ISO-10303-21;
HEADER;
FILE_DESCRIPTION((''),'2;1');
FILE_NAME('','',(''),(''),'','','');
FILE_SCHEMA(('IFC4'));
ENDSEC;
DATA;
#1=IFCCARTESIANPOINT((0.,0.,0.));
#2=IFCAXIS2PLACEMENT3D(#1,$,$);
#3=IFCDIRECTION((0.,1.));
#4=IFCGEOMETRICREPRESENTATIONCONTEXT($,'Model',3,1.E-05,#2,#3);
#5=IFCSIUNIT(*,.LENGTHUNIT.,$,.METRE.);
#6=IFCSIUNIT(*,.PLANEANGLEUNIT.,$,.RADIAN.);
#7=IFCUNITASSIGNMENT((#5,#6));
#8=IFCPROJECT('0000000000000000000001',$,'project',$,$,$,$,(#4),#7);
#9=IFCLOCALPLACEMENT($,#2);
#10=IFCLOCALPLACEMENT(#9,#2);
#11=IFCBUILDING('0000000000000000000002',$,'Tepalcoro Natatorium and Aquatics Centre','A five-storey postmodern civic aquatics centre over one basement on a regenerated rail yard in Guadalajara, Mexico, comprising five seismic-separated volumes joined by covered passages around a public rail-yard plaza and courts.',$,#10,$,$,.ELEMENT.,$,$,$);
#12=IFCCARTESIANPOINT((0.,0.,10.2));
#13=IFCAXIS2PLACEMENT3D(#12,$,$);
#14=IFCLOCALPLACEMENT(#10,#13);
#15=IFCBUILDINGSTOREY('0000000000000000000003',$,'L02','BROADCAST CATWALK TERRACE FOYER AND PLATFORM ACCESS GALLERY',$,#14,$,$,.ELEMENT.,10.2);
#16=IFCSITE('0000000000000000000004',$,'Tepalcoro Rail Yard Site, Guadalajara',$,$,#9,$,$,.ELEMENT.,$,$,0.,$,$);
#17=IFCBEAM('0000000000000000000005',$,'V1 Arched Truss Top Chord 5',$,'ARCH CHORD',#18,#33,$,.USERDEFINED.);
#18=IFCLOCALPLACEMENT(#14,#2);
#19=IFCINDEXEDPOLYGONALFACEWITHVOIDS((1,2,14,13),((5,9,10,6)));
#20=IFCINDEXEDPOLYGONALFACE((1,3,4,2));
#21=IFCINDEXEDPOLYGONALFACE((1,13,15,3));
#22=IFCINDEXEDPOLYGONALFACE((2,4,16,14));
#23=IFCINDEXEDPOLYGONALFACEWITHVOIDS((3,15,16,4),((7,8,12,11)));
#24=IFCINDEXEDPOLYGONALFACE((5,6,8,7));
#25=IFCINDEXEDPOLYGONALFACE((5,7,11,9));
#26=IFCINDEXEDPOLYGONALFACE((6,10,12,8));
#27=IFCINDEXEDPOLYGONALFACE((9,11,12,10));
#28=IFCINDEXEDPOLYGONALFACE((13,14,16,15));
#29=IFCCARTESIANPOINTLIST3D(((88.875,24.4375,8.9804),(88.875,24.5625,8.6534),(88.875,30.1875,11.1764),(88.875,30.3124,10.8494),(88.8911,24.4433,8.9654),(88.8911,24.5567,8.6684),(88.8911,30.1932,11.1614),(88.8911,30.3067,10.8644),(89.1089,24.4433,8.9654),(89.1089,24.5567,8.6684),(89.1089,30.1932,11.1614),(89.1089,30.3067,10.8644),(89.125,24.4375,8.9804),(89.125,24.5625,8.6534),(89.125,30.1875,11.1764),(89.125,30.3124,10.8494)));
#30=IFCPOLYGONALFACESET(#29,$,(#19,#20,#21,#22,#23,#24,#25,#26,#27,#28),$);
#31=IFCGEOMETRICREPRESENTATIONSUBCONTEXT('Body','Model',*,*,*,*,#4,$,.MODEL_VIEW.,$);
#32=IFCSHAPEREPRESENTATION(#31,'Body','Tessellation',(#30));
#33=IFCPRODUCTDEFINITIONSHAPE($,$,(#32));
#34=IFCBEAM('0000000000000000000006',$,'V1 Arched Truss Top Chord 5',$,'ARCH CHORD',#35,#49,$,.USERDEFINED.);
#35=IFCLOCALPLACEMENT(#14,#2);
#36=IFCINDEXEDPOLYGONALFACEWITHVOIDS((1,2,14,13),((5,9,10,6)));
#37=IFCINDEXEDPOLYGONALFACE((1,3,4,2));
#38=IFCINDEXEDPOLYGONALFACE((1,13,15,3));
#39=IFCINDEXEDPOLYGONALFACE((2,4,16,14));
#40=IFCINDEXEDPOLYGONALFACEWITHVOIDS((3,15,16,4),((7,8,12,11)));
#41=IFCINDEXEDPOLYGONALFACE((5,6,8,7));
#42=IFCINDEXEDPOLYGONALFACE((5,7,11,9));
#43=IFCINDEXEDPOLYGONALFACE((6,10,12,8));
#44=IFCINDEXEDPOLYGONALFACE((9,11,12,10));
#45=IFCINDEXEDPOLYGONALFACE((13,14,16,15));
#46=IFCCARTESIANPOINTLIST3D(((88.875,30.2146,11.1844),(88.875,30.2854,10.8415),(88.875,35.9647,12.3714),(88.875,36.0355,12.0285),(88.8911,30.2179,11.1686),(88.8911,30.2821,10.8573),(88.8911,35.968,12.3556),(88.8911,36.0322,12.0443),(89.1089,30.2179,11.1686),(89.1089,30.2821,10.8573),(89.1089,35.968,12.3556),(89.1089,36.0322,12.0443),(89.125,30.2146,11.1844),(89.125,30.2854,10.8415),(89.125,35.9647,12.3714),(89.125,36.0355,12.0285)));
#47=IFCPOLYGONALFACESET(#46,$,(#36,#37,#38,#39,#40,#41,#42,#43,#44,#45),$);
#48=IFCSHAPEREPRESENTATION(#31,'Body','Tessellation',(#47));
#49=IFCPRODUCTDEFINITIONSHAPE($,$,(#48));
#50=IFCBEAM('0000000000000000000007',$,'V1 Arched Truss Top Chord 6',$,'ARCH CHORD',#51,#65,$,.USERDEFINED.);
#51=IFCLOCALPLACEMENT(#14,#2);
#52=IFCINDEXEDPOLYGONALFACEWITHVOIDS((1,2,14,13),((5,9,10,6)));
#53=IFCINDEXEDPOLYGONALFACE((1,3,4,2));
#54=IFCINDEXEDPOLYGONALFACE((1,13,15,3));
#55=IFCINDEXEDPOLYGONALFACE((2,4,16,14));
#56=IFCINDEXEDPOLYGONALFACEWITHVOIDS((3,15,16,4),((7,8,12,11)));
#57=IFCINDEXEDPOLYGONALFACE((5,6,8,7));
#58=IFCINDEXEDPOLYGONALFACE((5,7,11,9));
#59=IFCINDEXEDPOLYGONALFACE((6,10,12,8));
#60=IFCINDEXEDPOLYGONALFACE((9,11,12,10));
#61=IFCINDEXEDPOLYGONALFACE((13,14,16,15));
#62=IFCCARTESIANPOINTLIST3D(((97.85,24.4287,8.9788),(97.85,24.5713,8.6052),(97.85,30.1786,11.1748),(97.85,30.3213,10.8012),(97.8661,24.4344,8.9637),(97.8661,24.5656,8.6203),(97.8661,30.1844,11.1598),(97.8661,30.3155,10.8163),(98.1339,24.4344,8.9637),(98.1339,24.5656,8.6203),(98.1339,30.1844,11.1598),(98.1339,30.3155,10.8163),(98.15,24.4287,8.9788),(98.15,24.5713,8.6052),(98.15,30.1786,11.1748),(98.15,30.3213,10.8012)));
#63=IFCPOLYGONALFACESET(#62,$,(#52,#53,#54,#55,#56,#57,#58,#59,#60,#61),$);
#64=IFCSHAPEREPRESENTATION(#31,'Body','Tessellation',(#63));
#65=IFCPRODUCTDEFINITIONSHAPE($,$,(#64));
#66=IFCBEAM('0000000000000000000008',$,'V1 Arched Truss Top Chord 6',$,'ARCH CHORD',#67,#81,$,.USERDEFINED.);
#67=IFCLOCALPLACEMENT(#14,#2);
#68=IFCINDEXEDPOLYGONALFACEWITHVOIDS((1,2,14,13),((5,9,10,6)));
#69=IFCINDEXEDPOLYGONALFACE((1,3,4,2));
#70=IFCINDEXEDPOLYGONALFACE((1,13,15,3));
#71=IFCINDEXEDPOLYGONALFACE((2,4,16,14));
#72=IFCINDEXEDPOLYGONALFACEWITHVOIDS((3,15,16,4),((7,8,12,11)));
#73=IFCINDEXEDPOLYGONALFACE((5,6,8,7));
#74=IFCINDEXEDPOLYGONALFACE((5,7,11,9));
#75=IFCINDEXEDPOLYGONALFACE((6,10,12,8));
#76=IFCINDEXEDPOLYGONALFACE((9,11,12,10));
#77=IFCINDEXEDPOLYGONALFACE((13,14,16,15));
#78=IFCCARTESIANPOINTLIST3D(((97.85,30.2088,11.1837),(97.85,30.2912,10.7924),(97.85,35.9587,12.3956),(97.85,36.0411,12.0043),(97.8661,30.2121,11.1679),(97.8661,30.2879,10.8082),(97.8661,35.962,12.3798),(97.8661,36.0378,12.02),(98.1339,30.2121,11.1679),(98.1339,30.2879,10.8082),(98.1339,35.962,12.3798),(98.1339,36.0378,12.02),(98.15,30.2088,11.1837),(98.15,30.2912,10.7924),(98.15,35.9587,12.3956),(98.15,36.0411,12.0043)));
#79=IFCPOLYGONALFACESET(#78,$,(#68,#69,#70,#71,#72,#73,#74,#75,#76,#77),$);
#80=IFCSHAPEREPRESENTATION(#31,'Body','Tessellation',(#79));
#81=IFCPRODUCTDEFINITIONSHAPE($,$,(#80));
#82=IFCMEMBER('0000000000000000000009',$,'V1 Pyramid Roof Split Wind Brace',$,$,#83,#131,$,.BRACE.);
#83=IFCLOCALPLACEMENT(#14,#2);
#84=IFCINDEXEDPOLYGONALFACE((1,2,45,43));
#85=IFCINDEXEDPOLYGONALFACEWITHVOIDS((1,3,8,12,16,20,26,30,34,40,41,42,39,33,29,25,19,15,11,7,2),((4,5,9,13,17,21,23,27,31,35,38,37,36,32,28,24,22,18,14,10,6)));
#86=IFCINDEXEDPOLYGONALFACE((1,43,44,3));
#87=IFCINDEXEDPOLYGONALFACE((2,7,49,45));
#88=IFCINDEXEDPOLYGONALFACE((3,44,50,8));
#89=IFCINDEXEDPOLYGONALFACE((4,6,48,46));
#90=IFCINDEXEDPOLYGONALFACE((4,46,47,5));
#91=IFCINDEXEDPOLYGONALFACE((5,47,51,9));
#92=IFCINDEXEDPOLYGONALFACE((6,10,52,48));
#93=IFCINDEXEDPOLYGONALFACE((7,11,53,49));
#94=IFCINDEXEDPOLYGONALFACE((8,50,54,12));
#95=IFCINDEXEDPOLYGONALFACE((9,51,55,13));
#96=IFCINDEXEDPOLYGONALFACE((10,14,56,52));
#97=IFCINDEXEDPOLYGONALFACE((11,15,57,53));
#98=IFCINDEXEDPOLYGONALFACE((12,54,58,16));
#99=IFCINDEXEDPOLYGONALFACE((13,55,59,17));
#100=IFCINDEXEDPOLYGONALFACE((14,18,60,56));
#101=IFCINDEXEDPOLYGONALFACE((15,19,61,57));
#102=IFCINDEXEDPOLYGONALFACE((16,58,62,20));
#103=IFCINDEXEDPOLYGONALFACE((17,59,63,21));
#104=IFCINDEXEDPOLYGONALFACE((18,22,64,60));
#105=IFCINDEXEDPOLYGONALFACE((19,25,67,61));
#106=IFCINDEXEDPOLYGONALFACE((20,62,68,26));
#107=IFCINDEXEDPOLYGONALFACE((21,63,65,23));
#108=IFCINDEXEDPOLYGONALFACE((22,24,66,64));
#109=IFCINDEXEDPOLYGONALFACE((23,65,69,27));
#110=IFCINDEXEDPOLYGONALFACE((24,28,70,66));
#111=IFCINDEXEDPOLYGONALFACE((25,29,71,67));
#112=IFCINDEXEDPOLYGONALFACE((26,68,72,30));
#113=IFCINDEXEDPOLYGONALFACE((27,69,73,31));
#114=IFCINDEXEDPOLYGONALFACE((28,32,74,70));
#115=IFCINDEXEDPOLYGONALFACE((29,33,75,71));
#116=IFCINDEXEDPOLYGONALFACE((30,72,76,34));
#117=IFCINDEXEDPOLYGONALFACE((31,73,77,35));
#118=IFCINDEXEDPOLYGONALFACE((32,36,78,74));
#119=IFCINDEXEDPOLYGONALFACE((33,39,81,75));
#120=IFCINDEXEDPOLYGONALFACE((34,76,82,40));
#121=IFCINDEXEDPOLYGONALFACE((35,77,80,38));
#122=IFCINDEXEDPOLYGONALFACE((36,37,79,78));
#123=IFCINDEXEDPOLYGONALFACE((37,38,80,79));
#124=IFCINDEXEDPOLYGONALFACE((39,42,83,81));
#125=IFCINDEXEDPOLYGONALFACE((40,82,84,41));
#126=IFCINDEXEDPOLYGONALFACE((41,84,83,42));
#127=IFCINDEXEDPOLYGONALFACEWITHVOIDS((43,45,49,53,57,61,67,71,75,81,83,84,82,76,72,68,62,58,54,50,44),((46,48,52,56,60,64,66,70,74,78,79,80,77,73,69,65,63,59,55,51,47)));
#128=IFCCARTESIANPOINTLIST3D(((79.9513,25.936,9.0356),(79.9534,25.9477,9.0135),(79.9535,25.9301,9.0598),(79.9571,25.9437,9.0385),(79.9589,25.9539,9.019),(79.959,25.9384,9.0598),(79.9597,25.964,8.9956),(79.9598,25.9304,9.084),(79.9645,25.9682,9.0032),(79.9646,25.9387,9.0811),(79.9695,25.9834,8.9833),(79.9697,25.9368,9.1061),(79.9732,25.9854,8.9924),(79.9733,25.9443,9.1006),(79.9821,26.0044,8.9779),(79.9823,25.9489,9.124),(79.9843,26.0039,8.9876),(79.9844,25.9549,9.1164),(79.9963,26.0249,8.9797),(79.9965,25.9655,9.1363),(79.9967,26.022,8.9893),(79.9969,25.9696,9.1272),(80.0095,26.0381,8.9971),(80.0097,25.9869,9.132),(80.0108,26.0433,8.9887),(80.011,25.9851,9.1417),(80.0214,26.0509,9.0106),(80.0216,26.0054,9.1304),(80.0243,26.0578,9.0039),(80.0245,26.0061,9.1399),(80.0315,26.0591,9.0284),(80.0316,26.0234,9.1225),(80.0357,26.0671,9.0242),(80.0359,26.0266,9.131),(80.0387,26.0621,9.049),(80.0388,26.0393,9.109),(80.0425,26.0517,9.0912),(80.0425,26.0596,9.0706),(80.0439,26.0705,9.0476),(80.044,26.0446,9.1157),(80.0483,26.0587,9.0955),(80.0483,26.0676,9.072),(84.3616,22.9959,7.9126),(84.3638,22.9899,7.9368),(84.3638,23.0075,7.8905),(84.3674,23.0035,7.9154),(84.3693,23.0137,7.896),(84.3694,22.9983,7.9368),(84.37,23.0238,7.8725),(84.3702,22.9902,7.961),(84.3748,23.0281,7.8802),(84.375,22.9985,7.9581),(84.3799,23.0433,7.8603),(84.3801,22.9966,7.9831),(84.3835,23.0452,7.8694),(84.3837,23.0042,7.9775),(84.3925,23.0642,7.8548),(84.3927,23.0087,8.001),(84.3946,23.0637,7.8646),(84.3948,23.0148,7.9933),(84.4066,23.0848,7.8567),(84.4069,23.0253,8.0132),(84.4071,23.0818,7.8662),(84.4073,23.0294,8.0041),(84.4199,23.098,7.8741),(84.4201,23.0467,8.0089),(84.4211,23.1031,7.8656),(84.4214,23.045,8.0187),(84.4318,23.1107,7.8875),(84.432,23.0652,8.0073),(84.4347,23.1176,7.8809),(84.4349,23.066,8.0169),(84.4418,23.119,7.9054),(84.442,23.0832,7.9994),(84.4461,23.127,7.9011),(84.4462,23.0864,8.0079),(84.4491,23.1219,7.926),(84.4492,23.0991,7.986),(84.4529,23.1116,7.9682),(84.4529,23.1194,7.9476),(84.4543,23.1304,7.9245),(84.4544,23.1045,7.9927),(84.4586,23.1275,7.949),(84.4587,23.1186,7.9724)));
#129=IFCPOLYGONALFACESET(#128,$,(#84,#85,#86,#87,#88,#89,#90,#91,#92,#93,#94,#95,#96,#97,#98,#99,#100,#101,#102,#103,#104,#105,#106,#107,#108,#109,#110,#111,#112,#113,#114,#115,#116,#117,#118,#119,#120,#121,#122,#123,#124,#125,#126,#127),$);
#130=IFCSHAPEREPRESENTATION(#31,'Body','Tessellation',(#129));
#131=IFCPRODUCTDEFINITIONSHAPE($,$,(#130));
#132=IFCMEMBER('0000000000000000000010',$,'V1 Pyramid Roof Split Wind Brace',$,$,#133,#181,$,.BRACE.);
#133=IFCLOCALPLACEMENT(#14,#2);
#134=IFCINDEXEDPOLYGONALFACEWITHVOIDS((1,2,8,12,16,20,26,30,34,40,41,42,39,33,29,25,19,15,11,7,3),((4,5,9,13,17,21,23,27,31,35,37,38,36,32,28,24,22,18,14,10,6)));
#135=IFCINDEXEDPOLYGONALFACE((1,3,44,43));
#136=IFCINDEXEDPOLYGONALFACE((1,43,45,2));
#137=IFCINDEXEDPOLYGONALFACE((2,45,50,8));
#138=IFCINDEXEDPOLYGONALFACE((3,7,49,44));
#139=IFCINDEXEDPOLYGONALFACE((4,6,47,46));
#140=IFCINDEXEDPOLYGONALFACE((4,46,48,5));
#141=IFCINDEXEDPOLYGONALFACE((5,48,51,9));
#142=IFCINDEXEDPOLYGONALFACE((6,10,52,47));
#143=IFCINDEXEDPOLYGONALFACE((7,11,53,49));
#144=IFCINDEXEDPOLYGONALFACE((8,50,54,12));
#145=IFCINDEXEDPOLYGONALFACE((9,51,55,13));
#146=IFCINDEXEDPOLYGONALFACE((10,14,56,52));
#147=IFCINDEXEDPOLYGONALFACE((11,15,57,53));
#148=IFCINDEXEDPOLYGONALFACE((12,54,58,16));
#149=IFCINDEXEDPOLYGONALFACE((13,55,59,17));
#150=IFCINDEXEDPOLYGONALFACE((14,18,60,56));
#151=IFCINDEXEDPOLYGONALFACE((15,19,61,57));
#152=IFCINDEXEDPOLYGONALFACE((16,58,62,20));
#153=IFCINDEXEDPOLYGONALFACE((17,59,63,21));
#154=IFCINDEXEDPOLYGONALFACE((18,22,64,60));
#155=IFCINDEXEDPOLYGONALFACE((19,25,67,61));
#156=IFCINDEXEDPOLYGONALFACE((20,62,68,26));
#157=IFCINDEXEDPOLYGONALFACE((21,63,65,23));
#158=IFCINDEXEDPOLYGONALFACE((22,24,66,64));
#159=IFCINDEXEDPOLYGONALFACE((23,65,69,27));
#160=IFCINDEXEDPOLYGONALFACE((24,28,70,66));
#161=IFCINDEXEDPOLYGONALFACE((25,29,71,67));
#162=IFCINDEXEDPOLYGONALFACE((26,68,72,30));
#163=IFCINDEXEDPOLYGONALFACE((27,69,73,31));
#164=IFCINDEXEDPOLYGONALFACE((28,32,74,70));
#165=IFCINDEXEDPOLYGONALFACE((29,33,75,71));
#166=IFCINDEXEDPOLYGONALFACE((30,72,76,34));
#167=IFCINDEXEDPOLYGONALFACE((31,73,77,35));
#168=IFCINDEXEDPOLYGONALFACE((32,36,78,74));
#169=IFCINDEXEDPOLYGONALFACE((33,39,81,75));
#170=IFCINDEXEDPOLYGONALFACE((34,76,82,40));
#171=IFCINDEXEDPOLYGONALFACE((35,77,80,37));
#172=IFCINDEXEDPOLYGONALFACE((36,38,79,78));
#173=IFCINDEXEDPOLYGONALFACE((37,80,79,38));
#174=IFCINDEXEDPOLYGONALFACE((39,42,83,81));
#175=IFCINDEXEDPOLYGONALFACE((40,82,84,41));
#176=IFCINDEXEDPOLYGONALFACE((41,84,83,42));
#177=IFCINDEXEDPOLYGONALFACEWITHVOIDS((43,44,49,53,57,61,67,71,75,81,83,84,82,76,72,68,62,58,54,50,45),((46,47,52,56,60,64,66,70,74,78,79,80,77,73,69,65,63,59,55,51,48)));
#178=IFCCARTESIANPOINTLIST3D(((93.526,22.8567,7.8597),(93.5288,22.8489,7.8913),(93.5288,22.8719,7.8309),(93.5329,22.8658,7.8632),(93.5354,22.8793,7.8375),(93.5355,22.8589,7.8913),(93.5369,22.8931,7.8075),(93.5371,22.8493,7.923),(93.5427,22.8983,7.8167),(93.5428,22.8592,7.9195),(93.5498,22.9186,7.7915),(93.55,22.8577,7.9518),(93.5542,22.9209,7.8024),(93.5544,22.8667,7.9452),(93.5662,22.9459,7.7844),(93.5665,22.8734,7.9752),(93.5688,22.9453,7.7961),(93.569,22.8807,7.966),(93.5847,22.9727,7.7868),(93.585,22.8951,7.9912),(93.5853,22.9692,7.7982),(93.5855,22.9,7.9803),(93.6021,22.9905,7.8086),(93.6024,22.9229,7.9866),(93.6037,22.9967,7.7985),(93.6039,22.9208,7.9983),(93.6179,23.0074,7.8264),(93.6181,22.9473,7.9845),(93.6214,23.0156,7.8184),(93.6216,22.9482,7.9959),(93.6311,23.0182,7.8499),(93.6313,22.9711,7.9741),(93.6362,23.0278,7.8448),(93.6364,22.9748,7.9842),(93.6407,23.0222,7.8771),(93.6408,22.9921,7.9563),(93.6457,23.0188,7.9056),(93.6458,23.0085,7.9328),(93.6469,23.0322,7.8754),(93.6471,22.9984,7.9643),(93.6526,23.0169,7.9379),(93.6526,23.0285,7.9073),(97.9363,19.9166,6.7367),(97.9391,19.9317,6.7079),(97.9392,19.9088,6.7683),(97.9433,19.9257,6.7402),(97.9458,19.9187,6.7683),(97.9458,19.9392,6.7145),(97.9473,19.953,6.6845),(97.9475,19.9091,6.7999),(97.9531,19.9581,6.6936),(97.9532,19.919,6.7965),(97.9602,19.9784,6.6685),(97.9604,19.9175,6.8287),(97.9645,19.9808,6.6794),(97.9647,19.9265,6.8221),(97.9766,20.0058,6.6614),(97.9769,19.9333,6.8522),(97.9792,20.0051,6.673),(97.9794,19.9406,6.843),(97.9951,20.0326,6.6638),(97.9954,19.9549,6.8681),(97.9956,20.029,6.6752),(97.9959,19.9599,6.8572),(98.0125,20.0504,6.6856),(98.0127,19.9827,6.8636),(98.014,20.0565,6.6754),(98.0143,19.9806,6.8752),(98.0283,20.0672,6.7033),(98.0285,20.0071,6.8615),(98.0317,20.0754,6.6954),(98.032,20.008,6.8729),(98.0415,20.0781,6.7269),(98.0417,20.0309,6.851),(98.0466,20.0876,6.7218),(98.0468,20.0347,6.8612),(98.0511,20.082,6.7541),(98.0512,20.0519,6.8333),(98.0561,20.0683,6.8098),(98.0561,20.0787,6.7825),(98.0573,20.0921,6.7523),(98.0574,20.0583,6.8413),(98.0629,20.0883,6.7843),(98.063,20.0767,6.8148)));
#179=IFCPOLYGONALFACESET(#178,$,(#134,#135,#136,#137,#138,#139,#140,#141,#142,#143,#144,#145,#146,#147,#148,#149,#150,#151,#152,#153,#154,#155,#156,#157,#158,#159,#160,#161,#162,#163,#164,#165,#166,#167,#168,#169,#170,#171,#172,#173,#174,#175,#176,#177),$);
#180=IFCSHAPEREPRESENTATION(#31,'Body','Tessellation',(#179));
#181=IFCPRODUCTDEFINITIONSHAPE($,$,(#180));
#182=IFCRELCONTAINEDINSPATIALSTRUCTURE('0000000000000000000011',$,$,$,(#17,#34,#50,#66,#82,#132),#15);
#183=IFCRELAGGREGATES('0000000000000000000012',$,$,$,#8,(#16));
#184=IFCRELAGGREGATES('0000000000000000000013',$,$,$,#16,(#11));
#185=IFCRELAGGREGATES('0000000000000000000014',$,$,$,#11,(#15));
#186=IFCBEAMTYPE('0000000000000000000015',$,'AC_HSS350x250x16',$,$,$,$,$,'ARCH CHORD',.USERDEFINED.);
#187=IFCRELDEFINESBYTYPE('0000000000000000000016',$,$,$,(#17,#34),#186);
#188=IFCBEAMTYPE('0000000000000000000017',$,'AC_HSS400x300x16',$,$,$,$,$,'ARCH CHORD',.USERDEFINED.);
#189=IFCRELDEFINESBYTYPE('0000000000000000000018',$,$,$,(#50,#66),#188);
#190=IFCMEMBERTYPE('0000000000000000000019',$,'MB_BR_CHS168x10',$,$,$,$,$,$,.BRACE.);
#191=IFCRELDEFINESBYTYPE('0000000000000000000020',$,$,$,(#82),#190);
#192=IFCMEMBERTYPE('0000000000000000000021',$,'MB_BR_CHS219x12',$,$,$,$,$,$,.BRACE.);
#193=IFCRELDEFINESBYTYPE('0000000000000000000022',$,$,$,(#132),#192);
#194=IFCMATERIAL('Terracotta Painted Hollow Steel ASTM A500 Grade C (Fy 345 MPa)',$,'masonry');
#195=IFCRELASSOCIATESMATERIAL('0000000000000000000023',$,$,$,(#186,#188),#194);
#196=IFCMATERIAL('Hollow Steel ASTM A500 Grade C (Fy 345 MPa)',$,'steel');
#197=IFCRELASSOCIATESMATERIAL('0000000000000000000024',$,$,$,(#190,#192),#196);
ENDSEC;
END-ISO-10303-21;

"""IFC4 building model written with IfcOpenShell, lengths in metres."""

from ifc_helpers import new_model, si_unit, direction, frame, origin, origin_2d, place, context, subcontext, project, spatial, hollow_rectangle, hollow_circle, extrude, material, material_profile, profile_set, type_object, element, save


model = new_model("IFC4")

# Units and contexts
model_context = context("Model", 3, precision=1e-05, world=origin(), true_north=direction((0.0, 1.0)))
body_context = subcontext(model_context, "Body", "Model", "MODEL_VIEW")
ifc_project = project(units=[si_unit("LENGTHUNIT", "METRE"), si_unit("PLANEANGLEUNIT", "RADIAN")], contexts=[model_context])

# Site, building, storey
site_placement = place(None, origin())
site = spatial("IfcSite", under=ifc_project, at=site_placement, Name="Tepalcoro Rail Yard Site, Guadalajara", CompositionType="ELEMENT", RefElevation=0.0)
building_placement = place(site_placement, origin())
building = spatial("IfcBuilding", under=site, at=building_placement, Name="Tepalcoro Natatorium and Aquatics Centre", Description="A five-storey postmodern civic aquatics centre over one basement on a regenerated rail yard in Guadalajara, Mexico, comprising five seismic-separated volumes joined by covered passages around a public rail-yard plaza and courts.", CompositionType="ELEMENT")
storey_placement = place(building_placement, frame((0.0, 0.0, 10.2)))
storey = spatial("IfcBuildingStorey", under=building, at=storey_placement, Name="L02", Description="BROADCAST CATWALK TERRACE FOYER AND PLATFORM ACCESS GALLERY", CompositionType="ELEMENT", Elevation=10.2)

# Beams
ifc_material_1 = material(Name="Terracotta Painted Hollow Steel ASTM A500 Grade C (Fy 345 MPa)", Category="masonry")
ifc_material_profile_1 = material_profile(ifc_material_1, hollow_rectangle(XDim=0.25, YDim=0.3501, WallThickness=0.0161, at=origin_2d()), Name="HSS350X250X16")
ifc_profile_set_1 = profile_set([ifc_material_profile_1], Name="Terracotta Painted Hollow Steel ASTM A500 Grade C (Fy 345 MPa)")
beam_type_1 = type_object("IfcBeamType", Name="AC_HSS350x250x16", ElementType="ARCH CHORD", PredefinedType="USERDEFINED", material=ifc_profile_set_1)
beam_1_placement = place(storey_placement, frame((89.0, 24.5, 8.8169), z_axis=(0.0, 0.934186, 0.356785), x_axis=(-1.0, 0.0, 0.0)))
element("IfcBeam", 1, at=beam_1_placement, inside=storey, type_object=beam_type_1, Name="V1 Arched Truss Top Chord 5", ObjectType="ARCH CHORD", PredefinedType="USERDEFINED", context=body_context, shape_type="SweptSolid", body=[
    extrude(hollow_rectangle(XDim=0.25, YDim=0.3501, WallThickness=0.0161, at=origin_2d()), origin(), (0.0, 0.0, 1.0), 6.155),
])
beam_2_placement = place(storey_placement, frame((89.0, 30.25, 11.0129), z_axis=(0.0, 0.97935, 0.202174), x_axis=(-1.0, 0.0, 0.0)))
element("IfcBeam", 2, at=beam_2_placement, inside=storey, type_object=beam_type_1, Name="V1 Arched Truss Top Chord 5", ObjectType="ARCH CHORD", PredefinedType="USERDEFINED", context=body_context, shape_type="SweptSolid", body=[
    extrude(hollow_rectangle(XDim=0.25, YDim=0.3501, WallThickness=0.0161, at=origin_2d()), origin(), (0.0, 0.0, 1.0), 5.8713),
])
ifc_material_profile_2 = material_profile(ifc_material_1, hollow_rectangle(XDim=0.3, YDim=0.3999, WallThickness=0.0161, at=origin_2d()), Name="HSS400X300X16")
ifc_profile_set_2 = profile_set([ifc_material_profile_2], Name="Terracotta Painted Hollow Steel ASTM A500 Grade C (Fy 345 MPa)")
beam_type_2 = type_object("IfcBeamType", Name="AC_HSS400x300x16", ElementType="ARCH CHORD", PredefinedType="USERDEFINED", material=ifc_profile_set_2)
beam_3_placement = place(storey_placement, frame((98.0, 24.5, 8.792), z_axis=(0.0, 0.934186, 0.356785), x_axis=(-1.0, 0.0, 0.0)))
element("IfcBeam", 3, at=beam_3_placement, inside=storey, type_object=beam_type_2, Name="V1 Arched Truss Top Chord 6", ObjectType="ARCH CHORD", PredefinedType="USERDEFINED", context=body_context, shape_type="SweptSolid", body=[
    extrude(hollow_rectangle(XDim=0.3, YDim=0.3999, WallThickness=0.0161, at=origin_2d()), origin(), (0.0, 0.0, 1.0), 6.155),
])
beam_4_placement = place(storey_placement, frame((98.0, 30.25, 10.988), z_axis=(0.0, 0.978502, 0.206237), x_axis=(-1.0, 0.0, 0.0)))
element("IfcBeam", 4, at=beam_4_placement, inside=storey, type_object=beam_type_2, Name="V1 Arched Truss Top Chord 6", ObjectType="ARCH CHORD", PredefinedType="USERDEFINED", context=body_context, shape_type="SweptSolid", body=[
    extrude(hollow_rectangle(XDim=0.3, YDim=0.3999, WallThickness=0.0161, at=origin_2d()), origin(), (0.0, 0.0, 1.0), 5.8762),
])

# Members
ifc_material_2 = material(Name="Hollow Steel ASTM A500 Grade C (Fy 345 MPa)", Category="steel")
ifc_material_profile_3 = material_profile(ifc_material_2, hollow_circle(Radius=0.084, WallThickness=0.01, at=origin_2d()), Name="CHS168X10")
ifc_profile_set_3 = profile_set([ifc_material_profile_3], Name="Hollow Steel ASTM A500 Grade C (Fy 345 MPa)")
member_type_1 = type_object("IfcMemberType", Name="MB_BR_CHS168x10", PredefinedType="BRACE", material=ifc_profile_set_3)
member_1_placement = place(storey_placement, frame((84.4104, 23.0598, 7.9368), z_axis=(-0.813988, 0.542644, 0.207271), x_axis=(-0.55469, -0.832057, 0.0)))
element("IfcMember", 5, at=member_1_placement, inside=storey, type_object=member_type_1, Name="V1 Pyramid Roof Split Wind Brace", PredefinedType="BRACE", context=body_context, shape_type="SweptSolid", body=[
    extrude(hollow_circle(Radius=0.084, WallThickness=0.01, at=origin_2d()), origin(), (0.0, 0.0, 1.0), 5.4182),
])
ifc_material_profile_4 = material_profile(ifc_material_2, hollow_circle(Radius=0.1096, WallThickness=0.012, at=origin_2d()), Name="CHS219X12")
ifc_profile_set_4 = profile_set([ifc_material_profile_4], Name="Hollow Steel ASTM A500 Grade C (Fy 345 MPa)")
member_type_2 = type_object("IfcMemberType", Name="MB_BR_CHS219x12", PredefinedType="BRACE", material=ifc_profile_set_4)
for number, where, z_axis, x_axis, name in (
    (6, (98.0, 20.0, 6.7683), (-0.813988, 0.542644, 0.207271), (-0.55469, -0.832057, 0.0), "V1 Pyramid Roof Split Wind Brace"),
):
    element("IfcMember", number, at=place(storey_placement, frame(where, z_axis=z_axis, x_axis=x_axis)), inside=storey, type_object=member_type_2, Name=name, PredefinedType="BRACE", context=body_context, shape_type="SweptSolid", body=[
        extrude(hollow_circle(Radius=0.1096, WallThickness=0.012, at=origin_2d()), origin(), (0.0, 0.0, 1.0), 5.4182),
    ])

save(model, "model.ifc")
